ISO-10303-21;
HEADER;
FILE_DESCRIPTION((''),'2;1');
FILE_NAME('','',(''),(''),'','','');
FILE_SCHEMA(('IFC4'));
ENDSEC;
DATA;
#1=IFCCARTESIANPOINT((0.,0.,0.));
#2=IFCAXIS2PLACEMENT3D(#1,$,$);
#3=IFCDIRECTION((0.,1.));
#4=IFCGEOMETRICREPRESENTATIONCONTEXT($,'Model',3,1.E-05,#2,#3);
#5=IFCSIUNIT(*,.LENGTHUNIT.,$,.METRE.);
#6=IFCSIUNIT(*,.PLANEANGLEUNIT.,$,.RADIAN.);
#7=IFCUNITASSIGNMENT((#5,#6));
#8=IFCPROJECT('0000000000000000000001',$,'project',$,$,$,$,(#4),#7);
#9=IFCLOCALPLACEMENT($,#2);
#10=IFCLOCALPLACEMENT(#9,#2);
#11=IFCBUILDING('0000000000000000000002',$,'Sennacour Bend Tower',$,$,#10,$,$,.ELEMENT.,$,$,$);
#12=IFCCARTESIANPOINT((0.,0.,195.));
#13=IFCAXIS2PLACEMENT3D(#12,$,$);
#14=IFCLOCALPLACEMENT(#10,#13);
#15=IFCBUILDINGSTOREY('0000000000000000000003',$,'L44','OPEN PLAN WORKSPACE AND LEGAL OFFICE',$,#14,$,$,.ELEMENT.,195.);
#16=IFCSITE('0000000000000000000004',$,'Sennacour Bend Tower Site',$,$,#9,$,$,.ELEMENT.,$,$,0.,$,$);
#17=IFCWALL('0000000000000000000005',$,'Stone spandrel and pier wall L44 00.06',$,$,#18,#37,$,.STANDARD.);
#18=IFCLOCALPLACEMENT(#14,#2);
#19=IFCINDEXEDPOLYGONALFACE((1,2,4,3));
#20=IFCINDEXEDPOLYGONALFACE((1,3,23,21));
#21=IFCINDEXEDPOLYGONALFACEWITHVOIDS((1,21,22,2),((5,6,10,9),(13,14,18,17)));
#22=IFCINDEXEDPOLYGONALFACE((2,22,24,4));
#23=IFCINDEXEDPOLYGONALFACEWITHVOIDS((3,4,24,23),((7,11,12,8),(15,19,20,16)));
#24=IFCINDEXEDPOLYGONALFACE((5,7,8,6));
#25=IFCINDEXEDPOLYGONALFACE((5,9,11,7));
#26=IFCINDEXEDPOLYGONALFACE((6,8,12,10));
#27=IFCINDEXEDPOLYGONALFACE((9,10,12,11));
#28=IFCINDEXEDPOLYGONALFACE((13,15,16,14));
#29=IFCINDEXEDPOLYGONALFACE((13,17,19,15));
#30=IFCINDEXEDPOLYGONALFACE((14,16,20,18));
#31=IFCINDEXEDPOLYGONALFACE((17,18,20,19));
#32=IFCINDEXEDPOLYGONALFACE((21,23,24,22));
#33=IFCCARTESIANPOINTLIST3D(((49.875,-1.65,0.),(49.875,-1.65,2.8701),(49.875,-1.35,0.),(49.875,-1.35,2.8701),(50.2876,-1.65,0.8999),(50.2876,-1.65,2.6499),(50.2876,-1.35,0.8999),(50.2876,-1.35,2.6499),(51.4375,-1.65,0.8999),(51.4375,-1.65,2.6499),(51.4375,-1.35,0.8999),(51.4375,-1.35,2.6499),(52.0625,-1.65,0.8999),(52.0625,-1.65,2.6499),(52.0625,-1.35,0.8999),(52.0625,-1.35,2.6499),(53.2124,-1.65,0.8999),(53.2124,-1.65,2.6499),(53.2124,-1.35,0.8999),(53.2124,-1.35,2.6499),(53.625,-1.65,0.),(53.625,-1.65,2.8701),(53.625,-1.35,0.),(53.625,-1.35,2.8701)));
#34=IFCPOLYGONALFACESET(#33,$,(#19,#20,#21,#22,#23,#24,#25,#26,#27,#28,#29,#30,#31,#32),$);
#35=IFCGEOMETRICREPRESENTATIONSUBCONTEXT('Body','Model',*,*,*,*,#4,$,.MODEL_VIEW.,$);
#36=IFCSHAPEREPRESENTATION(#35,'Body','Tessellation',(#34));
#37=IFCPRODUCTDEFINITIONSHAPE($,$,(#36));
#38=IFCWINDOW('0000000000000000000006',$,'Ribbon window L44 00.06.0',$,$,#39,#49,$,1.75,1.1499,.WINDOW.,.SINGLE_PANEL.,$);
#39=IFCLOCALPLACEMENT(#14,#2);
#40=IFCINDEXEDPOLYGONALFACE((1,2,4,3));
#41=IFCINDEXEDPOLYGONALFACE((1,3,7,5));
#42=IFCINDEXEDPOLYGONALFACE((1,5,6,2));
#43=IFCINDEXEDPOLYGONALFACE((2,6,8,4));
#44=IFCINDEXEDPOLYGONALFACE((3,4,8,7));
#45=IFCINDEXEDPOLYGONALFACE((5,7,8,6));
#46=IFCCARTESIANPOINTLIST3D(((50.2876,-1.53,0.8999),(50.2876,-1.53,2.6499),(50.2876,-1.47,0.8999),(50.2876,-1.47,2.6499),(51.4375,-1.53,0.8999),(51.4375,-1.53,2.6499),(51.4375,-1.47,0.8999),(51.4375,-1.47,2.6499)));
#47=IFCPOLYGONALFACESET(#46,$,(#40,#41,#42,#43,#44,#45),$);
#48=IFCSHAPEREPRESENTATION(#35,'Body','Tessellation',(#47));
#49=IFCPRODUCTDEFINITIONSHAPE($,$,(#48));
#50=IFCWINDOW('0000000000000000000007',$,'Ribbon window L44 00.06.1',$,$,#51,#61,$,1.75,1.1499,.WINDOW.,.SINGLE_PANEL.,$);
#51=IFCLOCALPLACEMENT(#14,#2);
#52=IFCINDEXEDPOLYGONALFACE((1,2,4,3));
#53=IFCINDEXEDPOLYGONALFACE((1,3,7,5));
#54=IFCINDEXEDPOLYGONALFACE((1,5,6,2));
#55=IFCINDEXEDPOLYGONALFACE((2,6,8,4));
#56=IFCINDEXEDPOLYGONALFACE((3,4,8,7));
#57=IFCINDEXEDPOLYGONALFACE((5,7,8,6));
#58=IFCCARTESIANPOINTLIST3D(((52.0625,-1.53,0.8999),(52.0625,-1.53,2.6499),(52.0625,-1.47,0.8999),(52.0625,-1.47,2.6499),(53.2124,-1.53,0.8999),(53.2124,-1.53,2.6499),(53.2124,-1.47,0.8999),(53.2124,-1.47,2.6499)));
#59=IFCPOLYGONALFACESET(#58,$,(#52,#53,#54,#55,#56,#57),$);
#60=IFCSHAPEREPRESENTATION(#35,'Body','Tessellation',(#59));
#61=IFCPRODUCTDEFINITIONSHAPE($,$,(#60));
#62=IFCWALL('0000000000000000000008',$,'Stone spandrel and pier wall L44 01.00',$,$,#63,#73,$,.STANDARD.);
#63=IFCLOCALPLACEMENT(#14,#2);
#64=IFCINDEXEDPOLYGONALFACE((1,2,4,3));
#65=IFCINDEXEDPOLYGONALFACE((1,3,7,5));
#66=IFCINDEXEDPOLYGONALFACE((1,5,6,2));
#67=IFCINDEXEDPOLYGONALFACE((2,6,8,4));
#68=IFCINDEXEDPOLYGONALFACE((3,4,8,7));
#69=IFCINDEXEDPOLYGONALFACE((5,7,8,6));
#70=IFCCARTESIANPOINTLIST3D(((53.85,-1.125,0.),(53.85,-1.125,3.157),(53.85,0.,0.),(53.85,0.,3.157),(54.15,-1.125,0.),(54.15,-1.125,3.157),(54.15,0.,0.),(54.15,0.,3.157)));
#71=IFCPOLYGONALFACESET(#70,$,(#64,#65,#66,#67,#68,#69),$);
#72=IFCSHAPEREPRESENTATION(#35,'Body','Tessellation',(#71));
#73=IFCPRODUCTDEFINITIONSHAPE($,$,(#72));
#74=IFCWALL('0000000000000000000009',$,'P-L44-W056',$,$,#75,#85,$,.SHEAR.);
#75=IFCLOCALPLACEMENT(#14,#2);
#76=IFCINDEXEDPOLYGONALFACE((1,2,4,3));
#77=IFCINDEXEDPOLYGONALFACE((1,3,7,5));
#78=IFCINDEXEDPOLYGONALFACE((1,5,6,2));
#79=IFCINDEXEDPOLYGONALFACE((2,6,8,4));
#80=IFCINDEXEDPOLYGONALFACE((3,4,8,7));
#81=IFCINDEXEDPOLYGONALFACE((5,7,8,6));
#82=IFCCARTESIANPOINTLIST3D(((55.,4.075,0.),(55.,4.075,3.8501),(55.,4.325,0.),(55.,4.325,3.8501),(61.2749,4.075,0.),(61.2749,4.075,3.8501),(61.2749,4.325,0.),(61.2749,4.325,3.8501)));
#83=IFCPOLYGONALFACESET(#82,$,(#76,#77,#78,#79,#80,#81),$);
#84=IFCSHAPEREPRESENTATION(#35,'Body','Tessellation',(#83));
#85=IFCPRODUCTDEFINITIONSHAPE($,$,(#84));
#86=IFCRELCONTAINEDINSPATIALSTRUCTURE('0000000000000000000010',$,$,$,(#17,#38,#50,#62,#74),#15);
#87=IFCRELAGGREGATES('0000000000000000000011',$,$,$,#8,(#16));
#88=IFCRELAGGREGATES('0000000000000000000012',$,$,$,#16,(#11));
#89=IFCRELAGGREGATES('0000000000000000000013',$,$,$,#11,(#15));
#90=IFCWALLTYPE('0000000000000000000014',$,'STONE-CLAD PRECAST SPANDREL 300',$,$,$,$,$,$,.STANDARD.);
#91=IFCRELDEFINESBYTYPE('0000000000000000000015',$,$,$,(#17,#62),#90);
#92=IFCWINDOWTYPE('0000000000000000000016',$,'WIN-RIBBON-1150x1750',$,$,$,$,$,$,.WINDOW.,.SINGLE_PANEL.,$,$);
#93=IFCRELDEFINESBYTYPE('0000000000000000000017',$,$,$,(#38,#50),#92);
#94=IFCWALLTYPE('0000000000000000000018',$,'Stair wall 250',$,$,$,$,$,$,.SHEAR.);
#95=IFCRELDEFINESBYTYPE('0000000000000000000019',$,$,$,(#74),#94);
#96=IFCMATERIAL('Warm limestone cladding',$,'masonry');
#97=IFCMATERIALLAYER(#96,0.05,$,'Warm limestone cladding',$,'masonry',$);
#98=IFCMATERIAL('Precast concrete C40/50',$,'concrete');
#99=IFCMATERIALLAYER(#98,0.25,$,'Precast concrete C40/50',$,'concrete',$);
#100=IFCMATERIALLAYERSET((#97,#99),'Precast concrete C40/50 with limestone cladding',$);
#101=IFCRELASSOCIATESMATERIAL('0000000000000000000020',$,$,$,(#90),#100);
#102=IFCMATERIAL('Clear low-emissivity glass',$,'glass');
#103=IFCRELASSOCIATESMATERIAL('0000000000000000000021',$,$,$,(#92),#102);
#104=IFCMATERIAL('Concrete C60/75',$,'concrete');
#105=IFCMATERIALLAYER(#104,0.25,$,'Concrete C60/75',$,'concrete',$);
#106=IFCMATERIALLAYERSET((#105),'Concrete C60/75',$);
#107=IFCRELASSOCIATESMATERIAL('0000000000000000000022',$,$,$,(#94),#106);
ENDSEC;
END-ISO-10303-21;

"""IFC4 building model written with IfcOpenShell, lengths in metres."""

from ifc_helpers import new_model, si_unit, direction, frame, frame_2d, origin, place, context, subcontext, project, spatial, rectangle, extrude, material, layer, layer_set, type_object, element, fill, save


model = new_model("IFC4")

# Units and contexts
model_context = context("Model", 3, precision=1e-05, world=origin(), true_north=direction((0.0, 1.0)))
body_context = subcontext(model_context, "Body", "Model", "MODEL_VIEW")
ifc_project = project(units=[si_unit("LENGTHUNIT", "METRE"), si_unit("PLANEANGLEUNIT", "RADIAN")], contexts=[model_context])

# Site, building, storey
site_placement = place(None, origin())
site = spatial("IfcSite", under=ifc_project, at=site_placement, Name="Sennacour Bend Tower Site", CompositionType="ELEMENT", RefElevation=0.0)
building_placement = place(site_placement, origin())
building = spatial("IfcBuilding", under=site, at=building_placement, Name="Sennacour Bend Tower", CompositionType="ELEMENT")
storey_placement = place(building_placement, frame((0.0, 0.0, 195.0)))
storey = spatial("IfcBuildingStorey", under=building, at=storey_placement, Name="L44", Description="OPEN PLAN WORKSPACE AND LEGAL OFFICE", CompositionType="ELEMENT", Elevation=195.0)

# Shared definitions
ifc_material_1 = material(Name="Concrete C60/75", Category="concrete")

# Wall, openings, windows
ifc_material_2 = material(Name="Warm limestone cladding", Category="masonry")
ifc_layer_1 = layer(ifc_material_2, 0.05, Name="Warm limestone cladding", Category="masonry")
ifc_material_3 = material(Name="Precast concrete C40/50", Category="concrete")
ifc_layer_2 = layer(ifc_material_3, 0.25, Name="Precast concrete C40/50", Category="concrete")
ifc_layer_set_1 = layer_set([ifc_layer_1, ifc_layer_2], Name="Precast concrete C40/50 with limestone cladding")
wall_type_1 = type_object("IfcWallType", Name="STONE-CLAD PRECAST SPANDREL 300", PredefinedType="STANDARD", material=ifc_layer_set_1)
wall_1_placement = place(storey_placement, frame((49.875, -1.5, 0.0), z_axis=(0.0, 0.0, 1.0), x_axis=(1.0, 0.0, 0.0)))
wall_1 = element("IfcWall", 1, at=wall_1_placement, inside=storey, type_object=wall_type_1, Name="Stone spandrel and pier wall L44 00.06", PredefinedType="STANDARD", context=body_context, shape_type="SweptSolid", body=[
    extrude(rectangle(XDim=3.75, YDim=0.3, at=frame_2d((1.875, 0.0))), origin(), (0.0, 0.0, 1.0), 2.8701),
])
opening_1_placement = place(wall_1_placement, frame((0.4126, 0.0, 0.8999)))
opening_1 = element("IfcOpeningElement", 2, at=opening_1_placement, cuts=wall_1, PredefinedType="OPENING", context=body_context, shape_type="SweptSolid", body=[
    extrude(rectangle(XDim=1.1499, YDim=1.75, at=frame_2d((0.575, 0.875))), frame((0.0, 0.1602, 0.0), z_axis=(0.0, -1.0, 0.0), x_axis=(1.0, 0.0, 0.0)), (0.0, 0.0, 1.0), 0.3201),
])
opening_2_placement = place(wall_1_placement, frame((2.1875, 0.0, 0.8999)))
opening_2 = element("IfcOpeningElement", 3, at=opening_2_placement, cuts=wall_1, PredefinedType="OPENING", context=body_context, shape_type="SweptSolid", body=[
    extrude(rectangle(XDim=1.1499, YDim=1.75, at=frame_2d((0.575, 0.875))), frame((0.0, 0.1602, 0.0), z_axis=(0.0, -1.0, 0.0), x_axis=(1.0, 0.0, 0.0)), (0.0, 0.0, 1.0), 0.3201),
])
ifc_material_4 = material(Name="Clear low-emissivity glass", Category="glass")
window_type = type_object("IfcWindowType", Name="WIN-RIBBON-1150x1750", PartitioningType="SINGLE_PANEL", PredefinedType="WINDOW", material=ifc_material_4)
window_1_placement = place(opening_1_placement, origin())
window_1 = element("IfcWindow", 4, at=window_1_placement, inside=storey, type_object=window_type, Name="Ribbon window L44 00.06.0", OverallHeight=1.75, OverallWidth=1.1499, PartitioningType="SINGLE_PANEL", PredefinedType="WINDOW", context=body_context, shape_type="SweptSolid", body=[
    extrude(rectangle(XDim=1.1499, YDim=1.75, at=frame_2d((0.575, 0.875))), frame((0.0, 0.03, 0.0), z_axis=(0.0, -1.0, 0.0), x_axis=(1.0, 0.0, 0.0)), (0.0, 0.0, 1.0), 0.0601),
])
fill(opening_1, window_1)
window_2_placement = place(opening_2_placement, origin())
window_2 = element("IfcWindow", 5, at=window_2_placement, inside=storey, type_object=window_type, Name="Ribbon window L44 00.06.1", OverallHeight=1.75, OverallWidth=1.1499, PartitioningType="SINGLE_PANEL", PredefinedType="WINDOW", context=body_context, shape_type="SweptSolid", body=[
    extrude(rectangle(XDim=1.1499, YDim=1.75, at=frame_2d((0.575, 0.875))), frame((0.0, 0.03, 0.0), z_axis=(0.0, -1.0, 0.0), x_axis=(1.0, 0.0, 0.0)), (0.0, 0.0, 1.0), 0.0601),
])
fill(opening_2, window_2)

# Walls
wall_2_placement = place(storey_placement, frame((54.0, -1.125, 0.0), z_axis=(0.0, 0.0, 1.0), x_axis=(0.0, 1.0, 0.0)))
element("IfcWall", 6, at=wall_2_placement, inside=storey, type_object=wall_type_1, Name="Stone spandrel and pier wall L44 01.00", PredefinedType="STANDARD", context=body_context, shape_type="SweptSolid", body=[
    extrude(rectangle(XDim=1.125, YDim=0.3, at=frame_2d((0.5625, 0.0))), origin(), (0.0, 0.0, 1.0), 3.157),
])
ifc_layer_3 = layer(ifc_material_1, 0.25, Name="Concrete C60/75", Category="concrete")
ifc_layer_set_2 = layer_set([ifc_layer_3], Name="Concrete C60/75")
wall_type_2 = type_object("IfcWallType", Name="Stair wall 250", PredefinedType="SHEAR", material=ifc_layer_set_2)
wall_3_placement = place(storey_placement, frame((55.0, 4.2, 0.0), z_axis=(0.0, 0.0, 1.0), x_axis=(1.0, 0.0, 0.0)))
element("IfcWall", 7, at=wall_3_placement, inside=storey, type_object=wall_type_2, Name="P-L44-W056", PredefinedType="SHEAR", context=body_context, shape_type="SweptSolid", body=[
    extrude(rectangle(XDim=6.2749, YDim=0.25, at=frame_2d((3.1375, 0.0))), origin(), (0.0, 0.0, 1.0), 3.8501),
])

save(model, "model.ifc")
